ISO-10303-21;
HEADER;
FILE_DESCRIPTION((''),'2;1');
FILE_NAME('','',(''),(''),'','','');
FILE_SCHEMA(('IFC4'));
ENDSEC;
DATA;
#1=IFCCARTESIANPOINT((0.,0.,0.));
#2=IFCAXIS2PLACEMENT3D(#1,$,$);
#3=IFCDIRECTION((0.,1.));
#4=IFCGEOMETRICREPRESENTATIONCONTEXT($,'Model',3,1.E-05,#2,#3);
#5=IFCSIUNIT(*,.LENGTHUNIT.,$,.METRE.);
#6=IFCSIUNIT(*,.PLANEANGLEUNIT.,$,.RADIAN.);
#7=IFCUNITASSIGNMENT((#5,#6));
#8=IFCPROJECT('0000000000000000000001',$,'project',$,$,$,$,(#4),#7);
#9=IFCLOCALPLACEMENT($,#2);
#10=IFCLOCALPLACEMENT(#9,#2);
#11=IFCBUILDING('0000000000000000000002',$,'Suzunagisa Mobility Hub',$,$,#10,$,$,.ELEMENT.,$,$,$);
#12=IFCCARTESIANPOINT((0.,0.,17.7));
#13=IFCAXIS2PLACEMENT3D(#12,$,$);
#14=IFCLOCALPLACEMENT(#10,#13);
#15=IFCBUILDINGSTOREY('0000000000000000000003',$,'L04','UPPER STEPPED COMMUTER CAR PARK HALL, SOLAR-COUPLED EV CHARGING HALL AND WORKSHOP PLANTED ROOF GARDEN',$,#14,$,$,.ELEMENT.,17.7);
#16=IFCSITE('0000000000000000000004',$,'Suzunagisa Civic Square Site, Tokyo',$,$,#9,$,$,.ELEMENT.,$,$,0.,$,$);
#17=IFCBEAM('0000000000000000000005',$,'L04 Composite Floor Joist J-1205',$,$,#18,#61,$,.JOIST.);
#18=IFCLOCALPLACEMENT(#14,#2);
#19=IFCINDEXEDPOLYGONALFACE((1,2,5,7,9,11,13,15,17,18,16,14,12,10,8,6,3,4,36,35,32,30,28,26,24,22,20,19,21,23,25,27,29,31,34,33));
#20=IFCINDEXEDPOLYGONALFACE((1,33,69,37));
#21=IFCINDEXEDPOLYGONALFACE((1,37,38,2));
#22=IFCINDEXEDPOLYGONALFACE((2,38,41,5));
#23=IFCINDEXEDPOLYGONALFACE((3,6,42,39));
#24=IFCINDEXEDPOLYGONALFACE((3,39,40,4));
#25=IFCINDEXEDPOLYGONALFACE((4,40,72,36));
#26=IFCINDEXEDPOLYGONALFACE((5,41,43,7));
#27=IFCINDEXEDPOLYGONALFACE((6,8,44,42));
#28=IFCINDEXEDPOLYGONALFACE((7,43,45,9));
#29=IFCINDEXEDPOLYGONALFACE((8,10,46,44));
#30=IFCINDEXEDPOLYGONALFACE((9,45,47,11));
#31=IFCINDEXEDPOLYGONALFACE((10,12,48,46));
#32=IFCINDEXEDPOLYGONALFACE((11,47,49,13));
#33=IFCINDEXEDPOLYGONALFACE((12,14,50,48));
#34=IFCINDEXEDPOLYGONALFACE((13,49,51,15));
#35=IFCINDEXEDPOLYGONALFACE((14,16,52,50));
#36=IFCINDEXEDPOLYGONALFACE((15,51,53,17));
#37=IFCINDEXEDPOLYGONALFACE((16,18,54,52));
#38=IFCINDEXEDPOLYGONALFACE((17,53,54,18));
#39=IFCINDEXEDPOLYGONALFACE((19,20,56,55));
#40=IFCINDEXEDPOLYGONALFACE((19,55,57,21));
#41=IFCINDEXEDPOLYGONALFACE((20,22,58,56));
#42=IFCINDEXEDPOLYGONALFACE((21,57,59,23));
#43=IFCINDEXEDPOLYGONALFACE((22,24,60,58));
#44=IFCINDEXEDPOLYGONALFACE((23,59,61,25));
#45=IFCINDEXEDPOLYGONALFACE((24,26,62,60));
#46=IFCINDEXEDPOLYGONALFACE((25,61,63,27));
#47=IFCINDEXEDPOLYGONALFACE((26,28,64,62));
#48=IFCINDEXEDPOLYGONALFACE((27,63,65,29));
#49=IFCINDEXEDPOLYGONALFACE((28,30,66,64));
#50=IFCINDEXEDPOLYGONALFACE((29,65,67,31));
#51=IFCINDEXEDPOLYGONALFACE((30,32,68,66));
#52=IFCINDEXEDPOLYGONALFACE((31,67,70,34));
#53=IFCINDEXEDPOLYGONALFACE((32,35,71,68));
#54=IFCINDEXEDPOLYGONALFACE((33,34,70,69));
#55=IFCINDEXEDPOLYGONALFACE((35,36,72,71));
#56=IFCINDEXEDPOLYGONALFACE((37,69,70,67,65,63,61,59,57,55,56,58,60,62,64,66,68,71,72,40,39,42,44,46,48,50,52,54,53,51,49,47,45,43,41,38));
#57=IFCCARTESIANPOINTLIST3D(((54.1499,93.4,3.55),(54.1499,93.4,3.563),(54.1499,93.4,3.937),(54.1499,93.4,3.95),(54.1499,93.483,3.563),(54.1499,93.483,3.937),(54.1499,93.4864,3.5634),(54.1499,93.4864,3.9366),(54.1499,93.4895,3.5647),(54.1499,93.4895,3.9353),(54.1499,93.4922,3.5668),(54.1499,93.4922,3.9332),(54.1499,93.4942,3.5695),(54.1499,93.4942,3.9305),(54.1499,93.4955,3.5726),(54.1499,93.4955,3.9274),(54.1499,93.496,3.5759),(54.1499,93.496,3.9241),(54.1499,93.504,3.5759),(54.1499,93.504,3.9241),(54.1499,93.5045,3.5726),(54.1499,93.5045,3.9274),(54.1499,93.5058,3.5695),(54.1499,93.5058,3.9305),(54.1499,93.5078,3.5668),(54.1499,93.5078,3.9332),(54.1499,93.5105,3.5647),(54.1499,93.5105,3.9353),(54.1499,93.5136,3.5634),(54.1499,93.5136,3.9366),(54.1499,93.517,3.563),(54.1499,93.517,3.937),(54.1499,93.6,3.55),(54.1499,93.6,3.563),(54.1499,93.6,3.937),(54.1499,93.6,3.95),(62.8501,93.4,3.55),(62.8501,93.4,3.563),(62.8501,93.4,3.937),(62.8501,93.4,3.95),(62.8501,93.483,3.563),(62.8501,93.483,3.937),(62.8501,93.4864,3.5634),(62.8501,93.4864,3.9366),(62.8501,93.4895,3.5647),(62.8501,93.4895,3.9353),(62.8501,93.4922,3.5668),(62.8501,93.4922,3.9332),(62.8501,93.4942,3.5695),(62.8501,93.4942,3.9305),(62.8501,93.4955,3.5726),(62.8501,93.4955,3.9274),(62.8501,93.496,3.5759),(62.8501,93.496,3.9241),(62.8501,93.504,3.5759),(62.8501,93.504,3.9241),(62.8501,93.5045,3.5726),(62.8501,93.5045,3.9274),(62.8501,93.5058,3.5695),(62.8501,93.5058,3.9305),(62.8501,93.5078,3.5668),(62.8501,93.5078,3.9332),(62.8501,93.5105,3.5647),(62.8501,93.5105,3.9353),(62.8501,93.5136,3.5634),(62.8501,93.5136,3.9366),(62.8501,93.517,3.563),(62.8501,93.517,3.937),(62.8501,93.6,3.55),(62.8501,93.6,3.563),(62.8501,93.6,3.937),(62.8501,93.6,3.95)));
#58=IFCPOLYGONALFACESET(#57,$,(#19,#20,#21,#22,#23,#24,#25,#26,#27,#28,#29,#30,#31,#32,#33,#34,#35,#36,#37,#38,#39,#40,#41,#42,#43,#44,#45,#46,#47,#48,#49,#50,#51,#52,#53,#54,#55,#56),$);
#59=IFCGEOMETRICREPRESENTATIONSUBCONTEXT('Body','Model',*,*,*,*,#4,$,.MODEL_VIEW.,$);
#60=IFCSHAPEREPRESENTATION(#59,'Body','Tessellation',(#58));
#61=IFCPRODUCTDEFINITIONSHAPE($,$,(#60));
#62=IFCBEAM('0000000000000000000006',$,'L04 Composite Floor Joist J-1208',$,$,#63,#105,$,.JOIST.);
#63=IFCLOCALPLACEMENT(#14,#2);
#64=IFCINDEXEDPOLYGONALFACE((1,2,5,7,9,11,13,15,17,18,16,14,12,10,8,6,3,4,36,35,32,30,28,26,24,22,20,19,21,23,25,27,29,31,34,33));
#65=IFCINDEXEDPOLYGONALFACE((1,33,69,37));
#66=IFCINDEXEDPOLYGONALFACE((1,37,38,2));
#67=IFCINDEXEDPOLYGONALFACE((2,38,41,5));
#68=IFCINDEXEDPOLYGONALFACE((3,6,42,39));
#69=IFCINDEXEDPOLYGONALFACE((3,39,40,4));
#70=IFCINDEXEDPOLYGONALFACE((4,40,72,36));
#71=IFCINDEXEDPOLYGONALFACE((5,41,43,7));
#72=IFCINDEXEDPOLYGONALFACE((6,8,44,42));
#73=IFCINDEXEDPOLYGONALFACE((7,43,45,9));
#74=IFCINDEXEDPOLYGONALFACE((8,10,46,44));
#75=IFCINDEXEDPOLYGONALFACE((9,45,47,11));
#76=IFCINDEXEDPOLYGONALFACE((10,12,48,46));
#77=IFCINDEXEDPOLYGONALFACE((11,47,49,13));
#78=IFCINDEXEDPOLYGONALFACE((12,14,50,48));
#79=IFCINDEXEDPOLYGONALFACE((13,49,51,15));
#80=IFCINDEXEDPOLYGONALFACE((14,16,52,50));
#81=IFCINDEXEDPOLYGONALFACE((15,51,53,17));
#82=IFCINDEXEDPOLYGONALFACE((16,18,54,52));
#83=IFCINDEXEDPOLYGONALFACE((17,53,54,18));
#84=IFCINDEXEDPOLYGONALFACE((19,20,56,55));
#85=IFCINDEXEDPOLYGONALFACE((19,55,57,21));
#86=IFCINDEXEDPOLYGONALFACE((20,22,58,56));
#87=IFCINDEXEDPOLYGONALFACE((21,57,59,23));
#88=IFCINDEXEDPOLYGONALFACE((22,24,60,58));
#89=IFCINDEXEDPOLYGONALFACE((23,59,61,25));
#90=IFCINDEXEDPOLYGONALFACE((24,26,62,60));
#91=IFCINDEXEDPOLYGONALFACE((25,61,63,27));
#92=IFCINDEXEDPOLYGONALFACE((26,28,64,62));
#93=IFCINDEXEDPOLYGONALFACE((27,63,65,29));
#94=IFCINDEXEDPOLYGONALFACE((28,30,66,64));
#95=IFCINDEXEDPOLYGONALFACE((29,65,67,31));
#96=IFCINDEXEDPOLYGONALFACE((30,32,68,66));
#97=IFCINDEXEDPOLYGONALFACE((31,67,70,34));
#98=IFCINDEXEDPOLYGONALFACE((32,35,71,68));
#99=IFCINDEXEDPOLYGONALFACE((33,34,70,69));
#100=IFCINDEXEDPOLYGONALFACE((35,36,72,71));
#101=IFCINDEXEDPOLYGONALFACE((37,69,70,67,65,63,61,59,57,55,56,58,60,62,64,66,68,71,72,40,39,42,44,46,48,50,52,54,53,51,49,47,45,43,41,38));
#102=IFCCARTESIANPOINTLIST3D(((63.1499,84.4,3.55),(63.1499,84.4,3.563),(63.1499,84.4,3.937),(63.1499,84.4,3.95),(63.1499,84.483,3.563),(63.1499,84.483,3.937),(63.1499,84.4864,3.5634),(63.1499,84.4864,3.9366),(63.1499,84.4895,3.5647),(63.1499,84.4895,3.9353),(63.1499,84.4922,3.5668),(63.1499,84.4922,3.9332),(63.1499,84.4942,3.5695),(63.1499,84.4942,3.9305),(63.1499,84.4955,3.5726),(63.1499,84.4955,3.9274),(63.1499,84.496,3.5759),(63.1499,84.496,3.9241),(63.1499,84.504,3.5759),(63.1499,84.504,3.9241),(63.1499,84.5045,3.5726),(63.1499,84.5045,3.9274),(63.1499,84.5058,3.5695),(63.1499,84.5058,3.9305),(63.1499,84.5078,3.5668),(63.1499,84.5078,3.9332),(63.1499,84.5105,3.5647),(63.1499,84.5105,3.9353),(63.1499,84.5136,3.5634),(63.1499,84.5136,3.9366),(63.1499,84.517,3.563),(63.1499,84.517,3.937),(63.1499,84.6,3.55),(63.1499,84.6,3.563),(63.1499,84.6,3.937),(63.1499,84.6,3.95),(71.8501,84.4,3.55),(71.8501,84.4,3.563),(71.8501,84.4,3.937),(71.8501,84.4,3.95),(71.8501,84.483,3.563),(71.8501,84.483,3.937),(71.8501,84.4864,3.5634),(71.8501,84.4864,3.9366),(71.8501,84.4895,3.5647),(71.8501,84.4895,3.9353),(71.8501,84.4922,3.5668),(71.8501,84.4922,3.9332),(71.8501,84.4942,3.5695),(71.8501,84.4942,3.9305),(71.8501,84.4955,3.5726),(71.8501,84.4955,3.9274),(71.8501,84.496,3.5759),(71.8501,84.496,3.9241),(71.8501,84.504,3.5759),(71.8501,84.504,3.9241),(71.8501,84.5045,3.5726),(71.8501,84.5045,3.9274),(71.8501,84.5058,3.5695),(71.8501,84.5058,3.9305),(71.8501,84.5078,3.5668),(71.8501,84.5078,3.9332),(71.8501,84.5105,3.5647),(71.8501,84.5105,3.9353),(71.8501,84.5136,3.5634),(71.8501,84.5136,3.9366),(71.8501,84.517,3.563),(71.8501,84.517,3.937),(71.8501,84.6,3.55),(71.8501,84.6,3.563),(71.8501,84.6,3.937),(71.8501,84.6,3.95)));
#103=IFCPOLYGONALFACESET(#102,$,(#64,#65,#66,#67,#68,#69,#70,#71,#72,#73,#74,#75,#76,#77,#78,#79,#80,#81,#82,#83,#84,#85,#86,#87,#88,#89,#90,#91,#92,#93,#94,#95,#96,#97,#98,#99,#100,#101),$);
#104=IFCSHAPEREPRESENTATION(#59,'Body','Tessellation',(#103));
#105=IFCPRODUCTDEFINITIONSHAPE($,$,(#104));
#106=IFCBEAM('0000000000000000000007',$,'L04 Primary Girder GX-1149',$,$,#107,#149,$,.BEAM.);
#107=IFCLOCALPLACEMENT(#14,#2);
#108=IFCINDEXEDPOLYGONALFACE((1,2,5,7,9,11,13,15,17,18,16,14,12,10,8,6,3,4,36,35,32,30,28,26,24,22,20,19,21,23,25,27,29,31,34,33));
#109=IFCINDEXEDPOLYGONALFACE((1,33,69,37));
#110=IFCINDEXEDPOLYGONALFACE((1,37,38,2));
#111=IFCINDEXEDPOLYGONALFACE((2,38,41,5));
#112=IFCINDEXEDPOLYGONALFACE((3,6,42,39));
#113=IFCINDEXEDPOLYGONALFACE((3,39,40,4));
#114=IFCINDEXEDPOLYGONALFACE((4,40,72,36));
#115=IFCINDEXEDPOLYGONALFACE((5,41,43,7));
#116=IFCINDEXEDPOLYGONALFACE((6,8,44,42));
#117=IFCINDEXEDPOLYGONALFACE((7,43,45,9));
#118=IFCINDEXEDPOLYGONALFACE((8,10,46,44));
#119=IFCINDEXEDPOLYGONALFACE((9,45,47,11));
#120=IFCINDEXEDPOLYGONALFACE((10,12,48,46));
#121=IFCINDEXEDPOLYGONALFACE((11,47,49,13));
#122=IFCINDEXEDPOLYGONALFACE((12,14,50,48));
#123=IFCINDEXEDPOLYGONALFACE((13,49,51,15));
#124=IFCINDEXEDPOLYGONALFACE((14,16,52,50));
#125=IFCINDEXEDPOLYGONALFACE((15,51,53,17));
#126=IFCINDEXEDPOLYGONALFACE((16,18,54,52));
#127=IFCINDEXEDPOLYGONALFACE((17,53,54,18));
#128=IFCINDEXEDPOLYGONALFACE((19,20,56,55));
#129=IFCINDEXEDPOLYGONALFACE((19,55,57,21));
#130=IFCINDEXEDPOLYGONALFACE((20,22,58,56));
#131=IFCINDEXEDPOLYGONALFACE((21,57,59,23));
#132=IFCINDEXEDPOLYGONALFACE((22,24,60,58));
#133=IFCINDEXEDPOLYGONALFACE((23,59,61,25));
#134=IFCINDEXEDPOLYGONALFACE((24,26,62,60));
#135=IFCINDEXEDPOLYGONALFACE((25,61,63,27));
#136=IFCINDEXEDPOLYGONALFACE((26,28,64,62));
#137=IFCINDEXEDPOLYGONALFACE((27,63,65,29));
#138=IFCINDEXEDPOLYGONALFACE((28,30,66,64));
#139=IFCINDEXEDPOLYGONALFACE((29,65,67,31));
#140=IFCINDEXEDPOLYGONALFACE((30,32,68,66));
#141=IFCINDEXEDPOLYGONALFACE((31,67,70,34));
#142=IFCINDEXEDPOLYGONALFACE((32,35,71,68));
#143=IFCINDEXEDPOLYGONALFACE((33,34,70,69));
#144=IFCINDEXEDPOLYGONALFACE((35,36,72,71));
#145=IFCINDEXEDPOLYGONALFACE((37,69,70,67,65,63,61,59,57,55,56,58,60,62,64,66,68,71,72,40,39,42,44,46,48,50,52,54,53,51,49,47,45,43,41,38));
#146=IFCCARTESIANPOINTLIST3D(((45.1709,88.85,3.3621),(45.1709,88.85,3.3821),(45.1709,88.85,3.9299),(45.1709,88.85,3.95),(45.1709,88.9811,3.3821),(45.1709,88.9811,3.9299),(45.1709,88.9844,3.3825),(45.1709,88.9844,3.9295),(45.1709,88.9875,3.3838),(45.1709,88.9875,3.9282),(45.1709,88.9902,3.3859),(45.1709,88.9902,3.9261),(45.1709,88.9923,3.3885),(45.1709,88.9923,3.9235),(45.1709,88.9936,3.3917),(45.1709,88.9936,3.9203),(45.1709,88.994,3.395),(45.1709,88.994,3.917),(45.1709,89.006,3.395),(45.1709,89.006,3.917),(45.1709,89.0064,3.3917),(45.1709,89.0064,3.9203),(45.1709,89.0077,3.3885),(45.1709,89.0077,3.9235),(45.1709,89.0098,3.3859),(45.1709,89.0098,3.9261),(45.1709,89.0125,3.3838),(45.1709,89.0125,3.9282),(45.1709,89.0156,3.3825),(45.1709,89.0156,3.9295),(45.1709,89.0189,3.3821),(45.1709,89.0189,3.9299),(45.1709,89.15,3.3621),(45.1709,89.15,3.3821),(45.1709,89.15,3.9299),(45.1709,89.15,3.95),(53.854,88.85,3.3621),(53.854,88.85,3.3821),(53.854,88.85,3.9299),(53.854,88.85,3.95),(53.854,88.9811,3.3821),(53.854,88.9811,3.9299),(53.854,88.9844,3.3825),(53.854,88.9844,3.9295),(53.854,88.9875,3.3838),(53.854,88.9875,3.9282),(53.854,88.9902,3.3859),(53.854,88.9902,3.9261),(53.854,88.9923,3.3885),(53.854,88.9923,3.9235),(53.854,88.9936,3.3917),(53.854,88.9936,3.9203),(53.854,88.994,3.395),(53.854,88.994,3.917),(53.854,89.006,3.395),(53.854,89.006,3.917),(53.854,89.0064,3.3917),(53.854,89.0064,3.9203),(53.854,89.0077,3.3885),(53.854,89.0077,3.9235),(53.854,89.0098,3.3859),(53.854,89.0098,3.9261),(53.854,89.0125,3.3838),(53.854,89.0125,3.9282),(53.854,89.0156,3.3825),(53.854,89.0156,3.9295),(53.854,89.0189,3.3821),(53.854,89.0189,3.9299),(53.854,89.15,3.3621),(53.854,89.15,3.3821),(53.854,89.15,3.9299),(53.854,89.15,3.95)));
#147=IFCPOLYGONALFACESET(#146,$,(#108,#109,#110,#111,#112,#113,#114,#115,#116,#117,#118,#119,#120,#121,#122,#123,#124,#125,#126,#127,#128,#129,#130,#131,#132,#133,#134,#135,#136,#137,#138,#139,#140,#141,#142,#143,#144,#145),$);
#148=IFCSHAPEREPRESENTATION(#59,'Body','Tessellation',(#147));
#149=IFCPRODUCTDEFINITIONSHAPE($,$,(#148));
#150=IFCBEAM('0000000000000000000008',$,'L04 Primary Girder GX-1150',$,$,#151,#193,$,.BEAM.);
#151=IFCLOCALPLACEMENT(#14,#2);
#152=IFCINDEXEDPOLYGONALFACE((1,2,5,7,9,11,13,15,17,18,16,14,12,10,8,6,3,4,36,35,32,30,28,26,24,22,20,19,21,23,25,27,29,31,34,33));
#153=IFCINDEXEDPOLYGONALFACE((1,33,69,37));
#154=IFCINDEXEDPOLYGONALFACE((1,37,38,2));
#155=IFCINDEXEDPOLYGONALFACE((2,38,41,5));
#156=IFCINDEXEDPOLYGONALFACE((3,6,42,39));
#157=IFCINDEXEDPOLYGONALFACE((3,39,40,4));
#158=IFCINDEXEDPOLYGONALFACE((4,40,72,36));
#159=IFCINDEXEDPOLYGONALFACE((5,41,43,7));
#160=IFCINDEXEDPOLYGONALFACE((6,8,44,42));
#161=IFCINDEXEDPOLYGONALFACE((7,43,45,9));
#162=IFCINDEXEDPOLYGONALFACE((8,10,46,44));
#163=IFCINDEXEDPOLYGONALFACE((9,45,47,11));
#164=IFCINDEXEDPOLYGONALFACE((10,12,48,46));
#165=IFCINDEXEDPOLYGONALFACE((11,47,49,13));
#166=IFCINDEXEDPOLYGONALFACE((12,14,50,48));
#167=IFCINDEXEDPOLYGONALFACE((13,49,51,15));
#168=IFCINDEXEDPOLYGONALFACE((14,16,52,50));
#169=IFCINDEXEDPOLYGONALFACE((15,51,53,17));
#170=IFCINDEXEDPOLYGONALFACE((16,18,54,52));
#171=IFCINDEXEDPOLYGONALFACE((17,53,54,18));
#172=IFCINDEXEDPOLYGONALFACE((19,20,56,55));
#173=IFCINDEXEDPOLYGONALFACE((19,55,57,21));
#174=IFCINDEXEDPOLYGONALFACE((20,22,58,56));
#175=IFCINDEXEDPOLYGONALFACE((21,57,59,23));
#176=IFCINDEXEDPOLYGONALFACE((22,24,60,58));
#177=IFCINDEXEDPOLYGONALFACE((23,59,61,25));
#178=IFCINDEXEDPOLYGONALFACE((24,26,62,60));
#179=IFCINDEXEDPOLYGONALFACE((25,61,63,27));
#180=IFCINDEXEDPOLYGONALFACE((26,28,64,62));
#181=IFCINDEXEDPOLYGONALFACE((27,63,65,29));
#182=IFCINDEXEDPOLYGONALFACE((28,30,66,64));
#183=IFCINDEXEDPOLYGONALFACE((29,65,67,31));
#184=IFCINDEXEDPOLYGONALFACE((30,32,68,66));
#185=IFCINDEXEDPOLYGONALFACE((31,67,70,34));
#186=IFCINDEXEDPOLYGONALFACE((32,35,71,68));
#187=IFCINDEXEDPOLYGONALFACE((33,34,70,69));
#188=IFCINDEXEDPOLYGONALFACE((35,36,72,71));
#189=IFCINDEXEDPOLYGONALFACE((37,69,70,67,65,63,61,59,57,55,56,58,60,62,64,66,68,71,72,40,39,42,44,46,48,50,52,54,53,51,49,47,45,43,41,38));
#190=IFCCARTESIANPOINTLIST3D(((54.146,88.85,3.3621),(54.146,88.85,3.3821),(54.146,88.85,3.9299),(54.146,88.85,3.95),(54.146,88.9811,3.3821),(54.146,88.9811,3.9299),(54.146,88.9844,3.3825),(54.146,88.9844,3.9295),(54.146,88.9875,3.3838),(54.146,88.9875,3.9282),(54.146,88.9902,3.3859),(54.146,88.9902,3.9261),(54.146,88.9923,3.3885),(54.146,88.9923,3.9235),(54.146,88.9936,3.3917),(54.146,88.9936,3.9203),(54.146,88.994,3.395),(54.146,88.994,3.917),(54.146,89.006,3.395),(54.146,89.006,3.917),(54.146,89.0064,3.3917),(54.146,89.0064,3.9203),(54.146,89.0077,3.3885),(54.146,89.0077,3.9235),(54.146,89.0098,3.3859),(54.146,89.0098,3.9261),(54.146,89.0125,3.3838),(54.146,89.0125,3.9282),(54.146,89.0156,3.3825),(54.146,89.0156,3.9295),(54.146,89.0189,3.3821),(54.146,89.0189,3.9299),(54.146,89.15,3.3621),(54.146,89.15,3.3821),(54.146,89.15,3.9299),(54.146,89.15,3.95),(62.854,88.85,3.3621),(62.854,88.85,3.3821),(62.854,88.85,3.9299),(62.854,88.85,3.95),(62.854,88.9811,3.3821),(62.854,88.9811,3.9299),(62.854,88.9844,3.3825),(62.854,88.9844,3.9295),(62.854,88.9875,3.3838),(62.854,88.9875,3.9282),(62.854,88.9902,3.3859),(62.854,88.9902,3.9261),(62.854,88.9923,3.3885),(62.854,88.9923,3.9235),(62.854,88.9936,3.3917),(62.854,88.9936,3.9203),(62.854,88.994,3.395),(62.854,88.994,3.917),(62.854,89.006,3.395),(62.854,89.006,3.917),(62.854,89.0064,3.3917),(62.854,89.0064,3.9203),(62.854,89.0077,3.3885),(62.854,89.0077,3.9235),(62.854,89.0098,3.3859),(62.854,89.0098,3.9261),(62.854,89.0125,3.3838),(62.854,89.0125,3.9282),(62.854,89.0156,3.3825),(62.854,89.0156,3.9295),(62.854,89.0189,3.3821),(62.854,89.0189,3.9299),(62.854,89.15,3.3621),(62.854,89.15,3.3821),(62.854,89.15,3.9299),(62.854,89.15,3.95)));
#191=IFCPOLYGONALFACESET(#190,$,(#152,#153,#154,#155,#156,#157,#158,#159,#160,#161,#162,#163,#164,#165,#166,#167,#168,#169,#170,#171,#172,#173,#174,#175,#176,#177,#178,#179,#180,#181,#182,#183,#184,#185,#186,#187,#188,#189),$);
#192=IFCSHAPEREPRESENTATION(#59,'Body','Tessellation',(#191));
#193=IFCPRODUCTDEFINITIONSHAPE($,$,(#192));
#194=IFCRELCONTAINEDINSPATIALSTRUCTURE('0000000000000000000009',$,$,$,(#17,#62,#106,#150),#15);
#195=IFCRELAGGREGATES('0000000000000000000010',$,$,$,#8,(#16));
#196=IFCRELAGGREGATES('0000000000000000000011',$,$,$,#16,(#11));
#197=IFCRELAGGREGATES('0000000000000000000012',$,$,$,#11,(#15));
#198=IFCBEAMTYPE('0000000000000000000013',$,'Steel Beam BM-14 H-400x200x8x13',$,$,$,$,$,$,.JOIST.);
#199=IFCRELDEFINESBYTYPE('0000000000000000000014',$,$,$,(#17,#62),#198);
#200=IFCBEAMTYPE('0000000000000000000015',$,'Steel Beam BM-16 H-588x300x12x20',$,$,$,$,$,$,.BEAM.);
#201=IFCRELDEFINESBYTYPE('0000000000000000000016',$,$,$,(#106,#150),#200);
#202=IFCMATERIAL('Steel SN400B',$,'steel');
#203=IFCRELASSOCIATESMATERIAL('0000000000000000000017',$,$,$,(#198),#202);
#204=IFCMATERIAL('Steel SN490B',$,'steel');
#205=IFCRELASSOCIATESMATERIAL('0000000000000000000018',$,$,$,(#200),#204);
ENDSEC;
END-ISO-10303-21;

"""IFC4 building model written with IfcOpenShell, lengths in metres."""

from ifc_helpers import new_model, si_unit, direction, frame, origin, origin_2d, place, context, subcontext, project, spatial, i_section, extrude, material, material_profile, profile_set, type_object, element, save


model = new_model("IFC4")

# Units and contexts
model_context = context("Model", 3, precision=1e-05, world=origin(), true_north=direction((0.0, 1.0)))
body_context = subcontext(model_context, "Body", "Model", "MODEL_VIEW")
ifc_project = project(units=[si_unit("LENGTHUNIT", "METRE"), si_unit("PLANEANGLEUNIT", "RADIAN")], contexts=[model_context])

# Site, building, storey
site_placement = place(None, origin())
site = spatial("IfcSite", under=ifc_project, at=site_placement, Name="Suzunagisa Civic Square Site, Tokyo", CompositionType="ELEMENT", RefElevation=0.0)
building_placement = place(site_placement, origin())
building = spatial("IfcBuilding", under=site, at=building_placement, Name="Suzunagisa Mobility Hub", CompositionType="ELEMENT")
storey_placement = place(building_placement, frame((0.0, 0.0, 17.7)))
storey = spatial("IfcBuildingStorey", under=building, at=storey_placement, Name="L04", Description="UPPER STEPPED COMMUTER CAR PARK HALL, SOLAR-COUPLED EV CHARGING HALL AND WORKSHOP PLANTED ROOF GARDEN", CompositionType="ELEMENT", Elevation=17.7)

# Shared definitions
ifc_material_1 = material(Name="Steel SN490B", Category="steel")

# Beams
ifc_material_2 = material(Name="Steel SN400B", Category="steel")
ifc_material_profile_1 = material_profile(ifc_material_2, i_section(OverallWidth=0.2, OverallDepth=0.3999, WebThickness=0.0081, FlangeThickness=0.0129, FilletRadius=0.0129, at=origin_2d()), Name="H-400x200x8x13")
ifc_profile_set_1 = profile_set([ifc_material_profile_1], Name="Steel SN400B")
beam_type_1 = type_object("IfcBeamType", Name="Steel Beam BM-14 H-400x200x8x13", PredefinedType="JOIST", material=ifc_profile_set_1)
for number, where, z_axis, x_axis, name in (
    (1, (54.1499, 93.5, 3.75), (1.0, 0.0, 0.0), (0.0, 1.0, 0.0), "L04 Composite Floor Joist J-1205"),
    (2, (63.1499, 84.5, 3.75), (1.0, 0.0, 0.0), (0.0, 1.0, 0.0), "L04 Composite Floor Joist J-1208"),
):
    element("IfcBeam", number, at=place(storey_placement, frame(where, z_axis=z_axis, x_axis=x_axis)), inside=storey, type_object=beam_type_1, Name=name, PredefinedType="JOIST", context=body_context, shape_type="SweptSolid", body=[
        extrude(i_section(OverallWidth=0.2, OverallDepth=0.3999, WebThickness=0.0081, FlangeThickness=0.0129, FilletRadius=0.0129, at=origin_2d()), origin(), (0.0, 0.0, 1.0), 8.7002),
    ])
ifc_material_profile_2 = material_profile(ifc_material_1, i_section(OverallWidth=0.3, OverallDepth=0.5879, WebThickness=0.012, FlangeThickness=0.02, FilletRadius=0.0129, at=origin_2d()), Name="H-588x300x12x20")
ifc_profile_set_2 = profile_set([ifc_material_profile_2], Name="Steel SN490B")
beam_type_2 = type_object("IfcBeamType", Name="Steel Beam BM-16 H-588x300x12x20", PredefinedType="BEAM", material=ifc_profile_set_2)
beam_1_placement = place(storey_placement, frame((45.1709, 89.0, 3.656), z_axis=(1.0, 0.0, 0.0), x_axis=(0.0, 1.0, 0.0)))
element("IfcBeam", 3, at=beam_1_placement, inside=storey, type_object=beam_type_2, Name="L04 Primary Girder GX-1149", PredefinedType="BEAM", context=body_context, shape_type="SweptSolid", body=[
    extrude(i_section(OverallWidth=0.3, OverallDepth=0.5879, WebThickness=0.012, FlangeThickness=0.02, FilletRadius=0.0129, at=origin_2d()), origin(), (0.0, 0.0, 1.0), 8.6831),
])
beam_2_placement = place(storey_placement, frame((54.146, 89.0, 3.656), z_axis=(1.0, 0.0, 0.0), x_axis=(0.0, 1.0, 0.0)))
element("IfcBeam", 4, at=beam_2_placement, inside=storey, type_object=beam_type_2, Name="L04 Primary Girder GX-1150", PredefinedType="BEAM", context=body_context, shape_type="SweptSolid", body=[
    extrude(i_section(OverallWidth=0.3, OverallDepth=0.5879, WebThickness=0.012, FlangeThickness=0.02, FilletRadius=0.0129, at=origin_2d()), origin(), (0.0, 0.0, 1.0), 8.708),
])

save(model, "model.ifc")
